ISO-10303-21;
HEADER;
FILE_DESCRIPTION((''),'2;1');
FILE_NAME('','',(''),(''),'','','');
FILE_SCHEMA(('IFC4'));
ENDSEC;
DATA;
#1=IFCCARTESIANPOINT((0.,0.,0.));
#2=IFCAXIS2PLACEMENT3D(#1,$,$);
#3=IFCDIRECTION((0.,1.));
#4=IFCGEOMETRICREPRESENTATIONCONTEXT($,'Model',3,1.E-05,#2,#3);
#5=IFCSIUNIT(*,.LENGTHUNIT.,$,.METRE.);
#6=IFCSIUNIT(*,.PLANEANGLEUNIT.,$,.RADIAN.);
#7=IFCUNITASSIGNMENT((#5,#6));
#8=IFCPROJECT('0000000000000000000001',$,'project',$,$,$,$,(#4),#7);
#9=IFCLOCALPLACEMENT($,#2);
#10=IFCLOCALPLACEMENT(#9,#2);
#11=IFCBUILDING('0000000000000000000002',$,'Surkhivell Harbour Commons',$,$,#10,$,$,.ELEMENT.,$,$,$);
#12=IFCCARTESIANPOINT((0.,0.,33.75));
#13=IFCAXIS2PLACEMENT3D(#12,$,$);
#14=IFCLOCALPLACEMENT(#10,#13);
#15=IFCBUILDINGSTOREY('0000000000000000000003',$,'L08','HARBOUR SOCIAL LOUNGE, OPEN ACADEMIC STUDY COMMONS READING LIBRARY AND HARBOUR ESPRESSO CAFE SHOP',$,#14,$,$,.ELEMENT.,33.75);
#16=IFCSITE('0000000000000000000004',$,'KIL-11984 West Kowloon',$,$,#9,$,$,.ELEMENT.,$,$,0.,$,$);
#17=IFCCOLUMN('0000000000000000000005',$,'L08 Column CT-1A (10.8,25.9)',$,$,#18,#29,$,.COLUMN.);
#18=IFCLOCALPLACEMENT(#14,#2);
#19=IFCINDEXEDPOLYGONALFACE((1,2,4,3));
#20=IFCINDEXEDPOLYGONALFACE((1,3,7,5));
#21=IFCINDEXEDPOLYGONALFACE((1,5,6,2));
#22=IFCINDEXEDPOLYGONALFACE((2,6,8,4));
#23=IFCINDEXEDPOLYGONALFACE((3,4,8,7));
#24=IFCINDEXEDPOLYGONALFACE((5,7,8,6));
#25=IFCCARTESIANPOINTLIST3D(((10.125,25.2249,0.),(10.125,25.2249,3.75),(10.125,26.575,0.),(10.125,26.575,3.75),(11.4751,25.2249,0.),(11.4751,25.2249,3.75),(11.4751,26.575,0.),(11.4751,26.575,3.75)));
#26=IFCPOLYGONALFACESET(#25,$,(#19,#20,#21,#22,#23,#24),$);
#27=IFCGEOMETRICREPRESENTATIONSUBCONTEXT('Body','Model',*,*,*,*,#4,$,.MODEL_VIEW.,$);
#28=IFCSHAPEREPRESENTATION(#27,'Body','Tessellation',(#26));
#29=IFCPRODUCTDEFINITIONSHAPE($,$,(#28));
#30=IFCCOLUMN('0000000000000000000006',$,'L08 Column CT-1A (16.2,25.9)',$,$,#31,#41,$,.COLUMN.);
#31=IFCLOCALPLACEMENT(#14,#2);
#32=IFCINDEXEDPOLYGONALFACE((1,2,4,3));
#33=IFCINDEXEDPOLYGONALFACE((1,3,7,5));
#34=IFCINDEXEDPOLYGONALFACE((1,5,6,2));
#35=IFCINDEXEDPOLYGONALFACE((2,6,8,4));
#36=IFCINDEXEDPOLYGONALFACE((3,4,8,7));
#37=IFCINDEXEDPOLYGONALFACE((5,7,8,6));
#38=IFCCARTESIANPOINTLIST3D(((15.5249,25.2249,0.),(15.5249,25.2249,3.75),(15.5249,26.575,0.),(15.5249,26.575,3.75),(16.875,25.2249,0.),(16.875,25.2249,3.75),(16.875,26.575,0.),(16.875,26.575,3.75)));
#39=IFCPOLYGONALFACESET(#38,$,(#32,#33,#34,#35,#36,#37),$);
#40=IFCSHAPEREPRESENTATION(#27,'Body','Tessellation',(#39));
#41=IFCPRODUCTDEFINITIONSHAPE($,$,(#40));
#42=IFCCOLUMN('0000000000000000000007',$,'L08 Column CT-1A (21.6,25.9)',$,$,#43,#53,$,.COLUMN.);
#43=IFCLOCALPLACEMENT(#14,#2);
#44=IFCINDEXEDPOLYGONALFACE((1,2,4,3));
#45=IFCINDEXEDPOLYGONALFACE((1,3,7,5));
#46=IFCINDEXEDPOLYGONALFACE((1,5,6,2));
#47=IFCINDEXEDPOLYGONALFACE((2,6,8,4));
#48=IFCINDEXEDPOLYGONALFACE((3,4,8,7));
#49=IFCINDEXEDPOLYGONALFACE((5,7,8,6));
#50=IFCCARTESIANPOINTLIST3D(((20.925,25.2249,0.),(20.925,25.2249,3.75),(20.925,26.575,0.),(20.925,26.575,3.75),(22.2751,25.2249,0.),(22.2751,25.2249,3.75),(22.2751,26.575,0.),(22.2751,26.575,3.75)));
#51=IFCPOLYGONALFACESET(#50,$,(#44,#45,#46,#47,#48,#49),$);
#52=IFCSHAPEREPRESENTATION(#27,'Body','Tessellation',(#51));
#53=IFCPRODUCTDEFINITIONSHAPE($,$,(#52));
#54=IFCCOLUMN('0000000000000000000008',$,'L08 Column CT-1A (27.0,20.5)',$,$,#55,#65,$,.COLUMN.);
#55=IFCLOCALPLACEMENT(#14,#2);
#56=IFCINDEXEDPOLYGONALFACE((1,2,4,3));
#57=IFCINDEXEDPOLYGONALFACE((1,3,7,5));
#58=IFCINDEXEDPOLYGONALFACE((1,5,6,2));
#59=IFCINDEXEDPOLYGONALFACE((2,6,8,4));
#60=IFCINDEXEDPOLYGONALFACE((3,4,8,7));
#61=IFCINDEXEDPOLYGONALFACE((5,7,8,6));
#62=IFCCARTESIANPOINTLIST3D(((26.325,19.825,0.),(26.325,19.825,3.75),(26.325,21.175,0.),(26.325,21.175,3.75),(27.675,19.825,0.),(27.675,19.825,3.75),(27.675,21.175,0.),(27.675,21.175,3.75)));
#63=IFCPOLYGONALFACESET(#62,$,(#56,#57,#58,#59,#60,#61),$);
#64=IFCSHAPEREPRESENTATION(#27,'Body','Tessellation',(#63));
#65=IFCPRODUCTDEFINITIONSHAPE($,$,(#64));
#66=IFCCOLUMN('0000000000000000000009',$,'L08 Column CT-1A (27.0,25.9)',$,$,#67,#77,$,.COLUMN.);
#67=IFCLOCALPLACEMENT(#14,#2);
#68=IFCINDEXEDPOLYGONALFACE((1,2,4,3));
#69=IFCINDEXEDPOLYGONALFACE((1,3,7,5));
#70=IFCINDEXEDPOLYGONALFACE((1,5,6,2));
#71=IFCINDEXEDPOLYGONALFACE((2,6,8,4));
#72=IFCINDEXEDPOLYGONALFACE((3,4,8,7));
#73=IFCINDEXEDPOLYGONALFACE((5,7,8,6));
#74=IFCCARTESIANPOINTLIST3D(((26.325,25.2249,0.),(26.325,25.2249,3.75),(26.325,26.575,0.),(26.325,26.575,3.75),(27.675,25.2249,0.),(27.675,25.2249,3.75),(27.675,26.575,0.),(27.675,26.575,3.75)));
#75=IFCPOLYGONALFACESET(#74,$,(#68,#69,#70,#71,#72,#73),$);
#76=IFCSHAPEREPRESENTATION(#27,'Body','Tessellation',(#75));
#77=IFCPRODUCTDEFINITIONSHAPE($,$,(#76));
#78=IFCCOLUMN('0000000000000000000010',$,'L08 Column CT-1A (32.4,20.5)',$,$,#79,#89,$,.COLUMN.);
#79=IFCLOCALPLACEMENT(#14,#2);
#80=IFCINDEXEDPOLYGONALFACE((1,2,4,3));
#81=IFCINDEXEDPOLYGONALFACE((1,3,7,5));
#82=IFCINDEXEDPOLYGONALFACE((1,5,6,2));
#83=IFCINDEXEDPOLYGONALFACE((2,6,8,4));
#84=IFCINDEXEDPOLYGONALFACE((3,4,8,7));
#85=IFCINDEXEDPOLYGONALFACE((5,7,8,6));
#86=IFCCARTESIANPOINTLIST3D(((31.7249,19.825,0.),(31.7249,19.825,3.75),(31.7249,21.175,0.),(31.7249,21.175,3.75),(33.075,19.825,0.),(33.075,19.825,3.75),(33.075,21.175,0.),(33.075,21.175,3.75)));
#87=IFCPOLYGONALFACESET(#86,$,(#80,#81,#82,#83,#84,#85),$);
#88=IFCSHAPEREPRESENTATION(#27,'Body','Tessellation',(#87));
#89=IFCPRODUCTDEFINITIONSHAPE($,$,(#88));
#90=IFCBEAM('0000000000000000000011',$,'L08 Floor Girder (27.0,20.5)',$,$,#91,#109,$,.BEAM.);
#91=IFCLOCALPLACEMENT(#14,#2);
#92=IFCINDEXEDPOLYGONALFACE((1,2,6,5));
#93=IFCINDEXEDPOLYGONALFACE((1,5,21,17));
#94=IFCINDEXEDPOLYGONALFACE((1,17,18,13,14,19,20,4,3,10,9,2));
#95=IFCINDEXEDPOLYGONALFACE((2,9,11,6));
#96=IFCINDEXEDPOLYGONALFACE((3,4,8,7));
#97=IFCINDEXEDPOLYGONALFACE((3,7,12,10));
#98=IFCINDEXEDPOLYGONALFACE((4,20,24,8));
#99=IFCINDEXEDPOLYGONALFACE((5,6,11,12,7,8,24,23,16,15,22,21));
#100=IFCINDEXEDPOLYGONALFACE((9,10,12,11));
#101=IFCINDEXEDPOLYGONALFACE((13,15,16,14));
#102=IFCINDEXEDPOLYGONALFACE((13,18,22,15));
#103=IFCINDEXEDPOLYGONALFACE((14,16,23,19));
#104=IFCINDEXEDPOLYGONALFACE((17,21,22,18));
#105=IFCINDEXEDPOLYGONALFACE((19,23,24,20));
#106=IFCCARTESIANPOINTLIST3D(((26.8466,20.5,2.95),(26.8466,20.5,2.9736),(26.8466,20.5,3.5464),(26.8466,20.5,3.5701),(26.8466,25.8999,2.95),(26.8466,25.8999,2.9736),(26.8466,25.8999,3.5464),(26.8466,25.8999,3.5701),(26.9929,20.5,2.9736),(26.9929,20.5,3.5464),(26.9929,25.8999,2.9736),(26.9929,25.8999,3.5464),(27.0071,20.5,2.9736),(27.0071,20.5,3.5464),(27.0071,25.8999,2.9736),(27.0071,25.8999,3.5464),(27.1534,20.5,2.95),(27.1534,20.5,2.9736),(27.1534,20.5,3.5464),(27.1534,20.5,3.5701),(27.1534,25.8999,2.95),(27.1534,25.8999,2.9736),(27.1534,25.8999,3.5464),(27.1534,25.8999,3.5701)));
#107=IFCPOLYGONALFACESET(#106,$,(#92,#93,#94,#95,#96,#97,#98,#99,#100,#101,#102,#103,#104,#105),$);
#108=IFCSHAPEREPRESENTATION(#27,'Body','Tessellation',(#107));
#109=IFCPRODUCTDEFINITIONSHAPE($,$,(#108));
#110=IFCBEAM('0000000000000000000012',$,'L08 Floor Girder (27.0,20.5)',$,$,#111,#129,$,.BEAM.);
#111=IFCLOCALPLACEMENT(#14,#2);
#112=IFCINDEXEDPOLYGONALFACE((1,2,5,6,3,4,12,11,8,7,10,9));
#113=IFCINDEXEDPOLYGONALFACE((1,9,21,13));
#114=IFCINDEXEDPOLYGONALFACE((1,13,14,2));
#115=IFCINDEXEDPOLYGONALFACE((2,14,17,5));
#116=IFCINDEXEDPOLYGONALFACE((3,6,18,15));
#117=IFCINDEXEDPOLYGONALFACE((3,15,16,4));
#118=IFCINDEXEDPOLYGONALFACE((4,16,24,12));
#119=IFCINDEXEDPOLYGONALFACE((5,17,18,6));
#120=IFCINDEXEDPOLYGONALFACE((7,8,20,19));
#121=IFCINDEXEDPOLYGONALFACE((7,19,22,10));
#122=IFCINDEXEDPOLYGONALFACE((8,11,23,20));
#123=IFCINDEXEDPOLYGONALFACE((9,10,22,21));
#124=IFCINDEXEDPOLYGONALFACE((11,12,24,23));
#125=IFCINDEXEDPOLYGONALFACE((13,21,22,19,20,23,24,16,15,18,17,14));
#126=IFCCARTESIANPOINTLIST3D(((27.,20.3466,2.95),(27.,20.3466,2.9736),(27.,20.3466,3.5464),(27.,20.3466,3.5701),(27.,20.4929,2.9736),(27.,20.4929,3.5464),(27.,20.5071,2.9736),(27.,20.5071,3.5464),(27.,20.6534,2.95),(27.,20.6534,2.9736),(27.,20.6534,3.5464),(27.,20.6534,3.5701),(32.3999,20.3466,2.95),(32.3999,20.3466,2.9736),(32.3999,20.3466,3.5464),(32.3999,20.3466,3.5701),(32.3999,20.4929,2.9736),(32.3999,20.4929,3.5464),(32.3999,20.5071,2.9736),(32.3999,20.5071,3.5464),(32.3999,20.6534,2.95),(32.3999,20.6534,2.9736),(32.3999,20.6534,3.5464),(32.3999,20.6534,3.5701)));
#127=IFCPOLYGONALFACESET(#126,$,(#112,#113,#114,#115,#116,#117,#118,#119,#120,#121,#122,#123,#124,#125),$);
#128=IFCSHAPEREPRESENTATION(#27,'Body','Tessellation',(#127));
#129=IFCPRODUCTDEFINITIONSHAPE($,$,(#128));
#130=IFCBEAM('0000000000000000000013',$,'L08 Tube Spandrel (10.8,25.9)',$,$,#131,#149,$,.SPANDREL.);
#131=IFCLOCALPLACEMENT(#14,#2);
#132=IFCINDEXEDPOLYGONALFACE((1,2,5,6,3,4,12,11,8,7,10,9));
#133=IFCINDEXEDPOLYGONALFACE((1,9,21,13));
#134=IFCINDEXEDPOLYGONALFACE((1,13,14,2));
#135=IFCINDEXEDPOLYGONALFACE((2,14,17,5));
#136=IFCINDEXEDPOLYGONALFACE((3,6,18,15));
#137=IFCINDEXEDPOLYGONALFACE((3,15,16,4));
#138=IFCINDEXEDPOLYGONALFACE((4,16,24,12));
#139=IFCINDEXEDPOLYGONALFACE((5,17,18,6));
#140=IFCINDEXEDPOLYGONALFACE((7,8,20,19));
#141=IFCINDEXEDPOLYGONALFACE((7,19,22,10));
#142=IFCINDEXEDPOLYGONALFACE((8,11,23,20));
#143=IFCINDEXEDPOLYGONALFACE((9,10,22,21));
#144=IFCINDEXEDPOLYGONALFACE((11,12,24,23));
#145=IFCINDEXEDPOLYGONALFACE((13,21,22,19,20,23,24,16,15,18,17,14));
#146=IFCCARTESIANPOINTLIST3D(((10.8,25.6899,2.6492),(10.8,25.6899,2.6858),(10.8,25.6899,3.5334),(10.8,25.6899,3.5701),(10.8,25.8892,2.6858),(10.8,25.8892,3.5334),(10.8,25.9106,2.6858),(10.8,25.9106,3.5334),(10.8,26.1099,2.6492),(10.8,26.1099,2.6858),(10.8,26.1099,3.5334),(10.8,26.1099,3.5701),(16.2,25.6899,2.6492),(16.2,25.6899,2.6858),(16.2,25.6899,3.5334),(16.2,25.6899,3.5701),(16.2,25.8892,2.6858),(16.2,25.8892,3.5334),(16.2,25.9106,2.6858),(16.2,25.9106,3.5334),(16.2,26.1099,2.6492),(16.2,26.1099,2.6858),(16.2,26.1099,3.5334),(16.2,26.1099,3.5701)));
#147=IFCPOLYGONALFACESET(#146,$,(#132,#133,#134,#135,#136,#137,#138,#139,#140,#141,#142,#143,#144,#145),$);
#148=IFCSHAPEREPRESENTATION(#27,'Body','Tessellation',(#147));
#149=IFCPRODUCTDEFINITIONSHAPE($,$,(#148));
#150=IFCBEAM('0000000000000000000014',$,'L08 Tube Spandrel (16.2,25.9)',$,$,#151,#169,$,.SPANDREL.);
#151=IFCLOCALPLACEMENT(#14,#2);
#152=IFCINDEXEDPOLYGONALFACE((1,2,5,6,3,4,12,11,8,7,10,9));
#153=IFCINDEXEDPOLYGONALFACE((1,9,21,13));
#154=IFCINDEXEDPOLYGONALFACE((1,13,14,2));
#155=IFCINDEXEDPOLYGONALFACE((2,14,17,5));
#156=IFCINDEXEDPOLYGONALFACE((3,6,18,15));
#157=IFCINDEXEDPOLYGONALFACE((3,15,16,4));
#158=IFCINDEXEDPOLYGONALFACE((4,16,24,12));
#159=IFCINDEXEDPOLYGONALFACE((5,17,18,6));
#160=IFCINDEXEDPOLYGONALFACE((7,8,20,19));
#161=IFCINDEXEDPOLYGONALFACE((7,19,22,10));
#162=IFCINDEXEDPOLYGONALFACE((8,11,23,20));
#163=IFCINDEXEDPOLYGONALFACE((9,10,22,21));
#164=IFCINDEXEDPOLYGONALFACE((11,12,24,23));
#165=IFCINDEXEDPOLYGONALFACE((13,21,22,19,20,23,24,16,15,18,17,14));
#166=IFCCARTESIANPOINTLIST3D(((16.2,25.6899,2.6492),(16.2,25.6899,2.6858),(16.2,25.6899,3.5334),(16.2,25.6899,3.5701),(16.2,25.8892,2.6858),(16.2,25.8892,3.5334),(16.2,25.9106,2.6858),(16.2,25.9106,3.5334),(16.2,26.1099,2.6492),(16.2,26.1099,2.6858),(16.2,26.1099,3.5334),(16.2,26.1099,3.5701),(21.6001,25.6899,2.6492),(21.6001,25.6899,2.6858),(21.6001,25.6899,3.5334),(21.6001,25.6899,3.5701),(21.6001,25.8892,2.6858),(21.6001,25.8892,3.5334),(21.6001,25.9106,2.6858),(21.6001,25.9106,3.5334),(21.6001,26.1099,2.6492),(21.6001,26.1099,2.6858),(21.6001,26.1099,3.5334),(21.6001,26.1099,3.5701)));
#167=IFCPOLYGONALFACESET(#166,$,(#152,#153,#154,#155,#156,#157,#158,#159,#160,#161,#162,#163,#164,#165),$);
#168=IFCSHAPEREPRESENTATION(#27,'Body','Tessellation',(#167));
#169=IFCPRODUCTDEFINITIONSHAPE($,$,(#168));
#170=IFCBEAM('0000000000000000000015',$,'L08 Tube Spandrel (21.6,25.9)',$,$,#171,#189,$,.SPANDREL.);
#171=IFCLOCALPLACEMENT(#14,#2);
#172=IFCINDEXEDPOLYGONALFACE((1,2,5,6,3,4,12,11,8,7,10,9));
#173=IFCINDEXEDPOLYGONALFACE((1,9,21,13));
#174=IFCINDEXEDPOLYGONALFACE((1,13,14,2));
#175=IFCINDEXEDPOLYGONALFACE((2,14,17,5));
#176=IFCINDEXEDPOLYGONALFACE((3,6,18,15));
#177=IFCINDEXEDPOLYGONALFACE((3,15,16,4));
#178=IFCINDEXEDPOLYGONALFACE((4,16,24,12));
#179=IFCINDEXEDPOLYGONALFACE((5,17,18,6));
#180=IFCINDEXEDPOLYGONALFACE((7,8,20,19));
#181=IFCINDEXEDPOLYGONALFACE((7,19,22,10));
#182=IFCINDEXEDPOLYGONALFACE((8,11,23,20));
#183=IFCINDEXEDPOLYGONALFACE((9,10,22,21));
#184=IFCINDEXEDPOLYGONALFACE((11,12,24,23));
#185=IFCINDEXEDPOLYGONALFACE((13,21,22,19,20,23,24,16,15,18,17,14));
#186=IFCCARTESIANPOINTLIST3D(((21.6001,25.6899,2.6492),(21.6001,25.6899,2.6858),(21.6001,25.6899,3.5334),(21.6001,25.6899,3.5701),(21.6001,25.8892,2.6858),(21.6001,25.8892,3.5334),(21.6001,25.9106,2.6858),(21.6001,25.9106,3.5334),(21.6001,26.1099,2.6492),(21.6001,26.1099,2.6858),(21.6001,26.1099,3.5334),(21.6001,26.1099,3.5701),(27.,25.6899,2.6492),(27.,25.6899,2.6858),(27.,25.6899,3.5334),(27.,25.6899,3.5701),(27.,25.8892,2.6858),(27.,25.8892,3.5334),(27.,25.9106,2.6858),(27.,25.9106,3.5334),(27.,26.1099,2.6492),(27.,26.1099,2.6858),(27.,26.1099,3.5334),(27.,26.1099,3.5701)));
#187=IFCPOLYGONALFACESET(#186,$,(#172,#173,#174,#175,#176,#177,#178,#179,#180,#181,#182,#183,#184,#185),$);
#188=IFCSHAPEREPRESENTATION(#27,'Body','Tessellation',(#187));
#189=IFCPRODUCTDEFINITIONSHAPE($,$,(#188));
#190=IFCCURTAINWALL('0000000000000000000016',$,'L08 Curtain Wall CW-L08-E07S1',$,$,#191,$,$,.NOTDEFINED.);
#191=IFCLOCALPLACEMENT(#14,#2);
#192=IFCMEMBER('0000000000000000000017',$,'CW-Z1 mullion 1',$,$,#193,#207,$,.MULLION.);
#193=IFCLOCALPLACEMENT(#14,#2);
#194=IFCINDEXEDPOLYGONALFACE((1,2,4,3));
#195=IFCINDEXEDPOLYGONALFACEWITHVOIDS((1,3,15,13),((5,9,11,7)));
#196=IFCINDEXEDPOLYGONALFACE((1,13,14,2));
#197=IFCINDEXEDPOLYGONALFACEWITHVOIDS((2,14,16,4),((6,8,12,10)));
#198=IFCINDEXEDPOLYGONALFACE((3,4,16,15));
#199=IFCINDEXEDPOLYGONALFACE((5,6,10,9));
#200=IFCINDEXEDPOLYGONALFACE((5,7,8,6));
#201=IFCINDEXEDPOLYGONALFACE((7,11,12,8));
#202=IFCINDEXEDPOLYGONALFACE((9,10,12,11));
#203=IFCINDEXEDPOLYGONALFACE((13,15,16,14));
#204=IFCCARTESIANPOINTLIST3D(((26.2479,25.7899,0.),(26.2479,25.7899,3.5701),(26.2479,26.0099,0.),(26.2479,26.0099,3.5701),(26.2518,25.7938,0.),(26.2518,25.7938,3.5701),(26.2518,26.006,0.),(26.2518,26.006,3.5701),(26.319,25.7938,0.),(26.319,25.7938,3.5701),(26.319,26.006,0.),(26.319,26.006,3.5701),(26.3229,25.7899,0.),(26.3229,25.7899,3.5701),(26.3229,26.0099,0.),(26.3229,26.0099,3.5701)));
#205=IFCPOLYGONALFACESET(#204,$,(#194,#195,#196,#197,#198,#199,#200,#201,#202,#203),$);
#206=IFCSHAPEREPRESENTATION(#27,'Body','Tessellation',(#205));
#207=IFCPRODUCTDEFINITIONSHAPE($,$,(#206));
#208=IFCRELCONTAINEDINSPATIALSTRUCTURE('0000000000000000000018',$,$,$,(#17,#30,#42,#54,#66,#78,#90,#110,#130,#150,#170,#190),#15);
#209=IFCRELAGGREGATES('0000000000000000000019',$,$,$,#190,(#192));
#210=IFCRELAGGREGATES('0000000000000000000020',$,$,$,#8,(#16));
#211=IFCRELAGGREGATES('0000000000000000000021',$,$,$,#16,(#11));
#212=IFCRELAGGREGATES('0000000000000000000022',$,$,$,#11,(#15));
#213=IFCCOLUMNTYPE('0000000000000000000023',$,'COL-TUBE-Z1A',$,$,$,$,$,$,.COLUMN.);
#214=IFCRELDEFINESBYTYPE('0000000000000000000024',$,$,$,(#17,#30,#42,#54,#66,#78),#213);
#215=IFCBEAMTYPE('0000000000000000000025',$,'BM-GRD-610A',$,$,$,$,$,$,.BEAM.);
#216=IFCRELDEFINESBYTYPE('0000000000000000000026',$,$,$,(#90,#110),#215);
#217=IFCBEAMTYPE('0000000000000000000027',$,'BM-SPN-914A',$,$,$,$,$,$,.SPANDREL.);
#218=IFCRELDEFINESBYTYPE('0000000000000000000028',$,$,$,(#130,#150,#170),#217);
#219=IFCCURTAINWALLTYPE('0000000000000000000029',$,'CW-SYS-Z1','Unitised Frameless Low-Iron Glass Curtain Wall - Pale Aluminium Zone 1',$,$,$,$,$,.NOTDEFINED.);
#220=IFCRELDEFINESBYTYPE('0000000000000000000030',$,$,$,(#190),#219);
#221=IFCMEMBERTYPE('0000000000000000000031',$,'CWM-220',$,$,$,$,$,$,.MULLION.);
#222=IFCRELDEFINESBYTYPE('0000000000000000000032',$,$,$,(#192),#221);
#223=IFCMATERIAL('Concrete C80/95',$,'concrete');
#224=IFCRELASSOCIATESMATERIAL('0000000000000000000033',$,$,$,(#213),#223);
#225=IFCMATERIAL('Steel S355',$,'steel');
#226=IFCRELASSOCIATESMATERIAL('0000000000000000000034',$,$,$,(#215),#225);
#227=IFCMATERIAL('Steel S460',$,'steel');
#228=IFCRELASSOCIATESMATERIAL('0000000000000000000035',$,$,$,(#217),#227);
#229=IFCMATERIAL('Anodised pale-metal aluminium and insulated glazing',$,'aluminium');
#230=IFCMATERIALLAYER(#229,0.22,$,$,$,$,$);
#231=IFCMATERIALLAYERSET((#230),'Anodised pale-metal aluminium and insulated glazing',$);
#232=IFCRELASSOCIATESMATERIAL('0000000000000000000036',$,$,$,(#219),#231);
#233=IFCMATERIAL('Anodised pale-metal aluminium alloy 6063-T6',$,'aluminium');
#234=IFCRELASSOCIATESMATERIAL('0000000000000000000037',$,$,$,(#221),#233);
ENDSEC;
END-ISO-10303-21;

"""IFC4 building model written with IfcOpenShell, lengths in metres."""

from ifc_helpers import new_model, si_unit, direction, frame, origin, origin_2d, place, context, subcontext, project, spatial, rectangle, hollow_rectangle, i_section, extrude, material, layer, layer_set, material_profile, profile_set, type_object, element, aggregate, save


model = new_model("IFC4")

# Units and contexts
model_context = context("Model", 3, precision=1e-05, world=origin(), true_north=direction((0.0, 1.0)))
body_context = subcontext(model_context, "Body", "Model", "MODEL_VIEW")
ifc_project = project(units=[si_unit("LENGTHUNIT", "METRE"), si_unit("PLANEANGLEUNIT", "RADIAN")], contexts=[model_context])

# Site, building, storey
site_placement = place(None, origin())
site = spatial("IfcSite", under=ifc_project, at=site_placement, Name="KIL-11984 West Kowloon", CompositionType="ELEMENT", RefElevation=0.0)
building_placement = place(site_placement, origin())
building = spatial("IfcBuilding", under=site, at=building_placement, Name="Surkhivell Harbour Commons", CompositionType="ELEMENT")
storey_placement = place(building_placement, frame((0.0, 0.0, 33.75)))
storey = spatial("IfcBuildingStorey", under=building, at=storey_placement, Name="L08", Description="HARBOUR SOCIAL LOUNGE, OPEN ACADEMIC STUDY COMMONS READING LIBRARY AND HARBOUR ESPRESSO CAFE SHOP", CompositionType="ELEMENT", Elevation=33.75)

# Columns
ifc_material_1 = material(Name="Concrete C80/95", Category="concrete")
ifc_material_profile_1 = material_profile(ifc_material_1, rectangle(XDim=1.3501, YDim=1.3501, at=origin_2d()), Name="RC-COL-1350x1350")
ifc_profile_set_1 = profile_set([ifc_material_profile_1], Name="Concrete C80/95")
column_type = type_object("IfcColumnType", Name="COL-TUBE-Z1A", PredefinedType="COLUMN", material=ifc_profile_set_1)
for number, where, z_axis, x_axis, name in (
    (1, (10.8, 25.8999, 0.0), (0.0, 0.0, 1.0), (1.0, 0.0, 0.0), "L08 Column CT-1A (10.8,25.9)"),
    (2, (16.2, 25.8999, 0.0), (0.0, 0.0, 1.0), (1.0, 0.0, 0.0), "L08 Column CT-1A (16.2,25.9)"),
    (3, (21.6001, 25.8999, 0.0), (0.0, 0.0, 1.0), (1.0, 0.0, 0.0), "L08 Column CT-1A (21.6,25.9)"),
    (4, (27.0, 20.5, 0.0), (0.0, 0.0, 1.0), (1.0, 0.0, 0.0), "L08 Column CT-1A (27.0,20.5)"),
    (5, (27.0, 25.8999, 0.0), (0.0, 0.0, 1.0), (1.0, 0.0, 0.0), "L08 Column CT-1A (27.0,25.9)"),
    (6, (32.3999, 20.5, 0.0), (0.0, 0.0, 1.0), (1.0, 0.0, 0.0), "L08 Column CT-1A (32.4,20.5)"),
):
    element("IfcColumn", number, at=place(storey_placement, frame(where, z_axis=z_axis, x_axis=x_axis)), inside=storey, type_object=column_type, Name=name, PredefinedType="COLUMN", context=body_context, shape_type="SweptSolid", body=[
        extrude(rectangle(XDim=1.3501, YDim=1.3501, at=origin_2d()), origin(), (0.0, 0.0, 1.0), 3.75),
    ])

# Beams
ifc_material_2 = material(Name="Steel S355", Category="steel")
ifc_material_profile_2 = material_profile(ifc_material_2, i_section(OverallWidth=0.3069, OverallDepth=0.6201, WebThickness=0.0142, FlangeThickness=0.0237, at=origin_2d()), Name="UB610x305x179")
ifc_profile_set_2 = profile_set([ifc_material_profile_2], Name="Steel S355")
beam_type_1 = type_object("IfcBeamType", Name="BM-GRD-610A", PredefinedType="BEAM", material=ifc_profile_set_2)
for number, where, z_axis, x_axis, name in (
    (7, (27.0, 20.5, 3.26), (0.0, 1.0, 0.0), (-1.0, 0.0, 0.0), "L08 Floor Girder (27.0,20.5)"),
    (8, (27.0, 20.5, 3.26), (1.0, 0.0, 0.0), (0.0, 1.0, 0.0), "L08 Floor Girder (27.0,20.5)"),
):
    element("IfcBeam", number, at=place(storey_placement, frame(where, z_axis=z_axis, x_axis=x_axis)), inside=storey, type_object=beam_type_1, Name=name, PredefinedType="BEAM", context=body_context, shape_type="SweptSolid", body=[
        extrude(i_section(OverallWidth=0.3069, OverallDepth=0.6201, WebThickness=0.0142, FlangeThickness=0.0237, at=origin_2d()), origin(), (0.0, 0.0, 1.0), 5.3999),
    ])
ifc_material_3 = material(Name="Steel S460", Category="steel")
ifc_material_profile_3 = material_profile(ifc_material_3, i_section(OverallWidth=0.4199, OverallDepth=0.9209, WebThickness=0.0215, FlangeThickness=0.0366, at=origin_2d()), Name="UB914x419x388")
ifc_profile_set_3 = profile_set([ifc_material_profile_3], Name="Steel S460")
beam_type_2 = type_object("IfcBeamType", Name="BM-SPN-914A", PredefinedType="SPANDREL", material=ifc_profile_set_3)
beam_1_placement = place(storey_placement, frame((10.8, 25.8999, 3.1096), z_axis=(1.0, 0.0, 0.0), x_axis=(0.0, 1.0, 0.0)))
element("IfcBeam", 9, at=beam_1_placement, inside=storey, type_object=beam_type_2, Name="L08 Tube Spandrel (10.8,25.9)", PredefinedType="SPANDREL", context=body_context, shape_type="SweptSolid", body=[
    extrude(i_section(OverallWidth=0.4199, OverallDepth=0.9209, WebThickness=0.0215, FlangeThickness=0.0366, at=origin_2d()), origin(), (0.0, 0.0, 1.0), 5.3999),
])
beam_2_placement = place(storey_placement, frame((16.2, 25.8999, 3.1096), z_axis=(1.0, 0.0, 0.0), x_axis=(0.0, 1.0, 0.0)))
element("IfcBeam", 10, at=beam_2_placement, inside=storey, type_object=beam_type_2, Name="L08 Tube Spandrel (16.2,25.9)", PredefinedType="SPANDREL", context=body_context, shape_type="SweptSolid", body=[
    extrude(i_section(OverallWidth=0.4199, OverallDepth=0.9209, WebThickness=0.0215, FlangeThickness=0.0366, at=origin_2d()), origin(), (0.0, 0.0, 1.0), 5.4001),
])
beam_3_placement = place(storey_placement, frame((21.6001, 25.8999, 3.1096), z_axis=(1.0, 0.0, 0.0), x_axis=(0.0, 1.0, 0.0)))
element("IfcBeam", 11, at=beam_3_placement, inside=storey, type_object=beam_type_2, Name="L08 Tube Spandrel (21.6,25.9)", PredefinedType="SPANDREL", context=body_context, shape_type="SweptSolid", body=[
    extrude(i_section(OverallWidth=0.4199, OverallDepth=0.9209, WebThickness=0.0215, FlangeThickness=0.0366, at=origin_2d()), origin(), (0.0, 0.0, 1.0), 5.3999),
])

# Curtain wall, member
ifc_material_4 = material(Name="Anodised pale-metal aluminium and insulated glazing", Category="aluminium")
ifc_layer_1 = layer(ifc_material_4, 0.22)
ifc_layer_set_1 = layer_set([ifc_layer_1], Name="Anodised pale-metal aluminium and insulated glazing")
curtain_wall_type = type_object("IfcCurtainWallType", Name="CW-SYS-Z1", Description="Unitised Frameless Low-Iron Glass Curtain Wall - Pale Aluminium Zone 1", PredefinedType="NOTDEFINED", material=ifc_layer_set_1)
curtain_wall_placement = place(storey_placement, origin())
curtain_wall = element("IfcCurtainWall", 12, at=curtain_wall_placement, inside=storey, type_object=curtain_wall_type, Name="L08 Curtain Wall CW-L08-E07S1", PredefinedType="NOTDEFINED")
ifc_material_5 = material(Name="Anodised pale-metal aluminium alloy 6063-T6", Category="aluminium")
ifc_material_profile_4 = material_profile(ifc_material_5, hollow_rectangle(XDim=0.075, YDim=0.22, WallThickness=0.0039, at=origin_2d()), Name="ALU-MULL-75x220")
ifc_profile_set_4 = profile_set([ifc_material_profile_4], Name="Anodised pale-metal aluminium alloy 6063-T6")
member_type_1 = type_object("IfcMemberType", Name="CWM-220", PredefinedType="MULLION", material=ifc_profile_set_4)
member_1_placement = place(storey_placement, frame((26.2854, 25.8999, 0.0), z_axis=(0.0, 0.0, 1.0), x_axis=(-1.0, 0.0, 0.0)))
member_1 = element("IfcMember", 13, at=member_1_placement, type_object=member_type_1, Name="CW-Z1 mullion 1", PredefinedType="MULLION", context=body_context, shape_type="SweptSolid", body=[
    extrude(hollow_rectangle(XDim=0.075, YDim=0.22, WallThickness=0.0039, at=origin_2d()), origin(), (0.0, 0.0, 1.0), 3.5701),
])
aggregate(curtain_wall, [member_1])

save(model, "model.ifc")
